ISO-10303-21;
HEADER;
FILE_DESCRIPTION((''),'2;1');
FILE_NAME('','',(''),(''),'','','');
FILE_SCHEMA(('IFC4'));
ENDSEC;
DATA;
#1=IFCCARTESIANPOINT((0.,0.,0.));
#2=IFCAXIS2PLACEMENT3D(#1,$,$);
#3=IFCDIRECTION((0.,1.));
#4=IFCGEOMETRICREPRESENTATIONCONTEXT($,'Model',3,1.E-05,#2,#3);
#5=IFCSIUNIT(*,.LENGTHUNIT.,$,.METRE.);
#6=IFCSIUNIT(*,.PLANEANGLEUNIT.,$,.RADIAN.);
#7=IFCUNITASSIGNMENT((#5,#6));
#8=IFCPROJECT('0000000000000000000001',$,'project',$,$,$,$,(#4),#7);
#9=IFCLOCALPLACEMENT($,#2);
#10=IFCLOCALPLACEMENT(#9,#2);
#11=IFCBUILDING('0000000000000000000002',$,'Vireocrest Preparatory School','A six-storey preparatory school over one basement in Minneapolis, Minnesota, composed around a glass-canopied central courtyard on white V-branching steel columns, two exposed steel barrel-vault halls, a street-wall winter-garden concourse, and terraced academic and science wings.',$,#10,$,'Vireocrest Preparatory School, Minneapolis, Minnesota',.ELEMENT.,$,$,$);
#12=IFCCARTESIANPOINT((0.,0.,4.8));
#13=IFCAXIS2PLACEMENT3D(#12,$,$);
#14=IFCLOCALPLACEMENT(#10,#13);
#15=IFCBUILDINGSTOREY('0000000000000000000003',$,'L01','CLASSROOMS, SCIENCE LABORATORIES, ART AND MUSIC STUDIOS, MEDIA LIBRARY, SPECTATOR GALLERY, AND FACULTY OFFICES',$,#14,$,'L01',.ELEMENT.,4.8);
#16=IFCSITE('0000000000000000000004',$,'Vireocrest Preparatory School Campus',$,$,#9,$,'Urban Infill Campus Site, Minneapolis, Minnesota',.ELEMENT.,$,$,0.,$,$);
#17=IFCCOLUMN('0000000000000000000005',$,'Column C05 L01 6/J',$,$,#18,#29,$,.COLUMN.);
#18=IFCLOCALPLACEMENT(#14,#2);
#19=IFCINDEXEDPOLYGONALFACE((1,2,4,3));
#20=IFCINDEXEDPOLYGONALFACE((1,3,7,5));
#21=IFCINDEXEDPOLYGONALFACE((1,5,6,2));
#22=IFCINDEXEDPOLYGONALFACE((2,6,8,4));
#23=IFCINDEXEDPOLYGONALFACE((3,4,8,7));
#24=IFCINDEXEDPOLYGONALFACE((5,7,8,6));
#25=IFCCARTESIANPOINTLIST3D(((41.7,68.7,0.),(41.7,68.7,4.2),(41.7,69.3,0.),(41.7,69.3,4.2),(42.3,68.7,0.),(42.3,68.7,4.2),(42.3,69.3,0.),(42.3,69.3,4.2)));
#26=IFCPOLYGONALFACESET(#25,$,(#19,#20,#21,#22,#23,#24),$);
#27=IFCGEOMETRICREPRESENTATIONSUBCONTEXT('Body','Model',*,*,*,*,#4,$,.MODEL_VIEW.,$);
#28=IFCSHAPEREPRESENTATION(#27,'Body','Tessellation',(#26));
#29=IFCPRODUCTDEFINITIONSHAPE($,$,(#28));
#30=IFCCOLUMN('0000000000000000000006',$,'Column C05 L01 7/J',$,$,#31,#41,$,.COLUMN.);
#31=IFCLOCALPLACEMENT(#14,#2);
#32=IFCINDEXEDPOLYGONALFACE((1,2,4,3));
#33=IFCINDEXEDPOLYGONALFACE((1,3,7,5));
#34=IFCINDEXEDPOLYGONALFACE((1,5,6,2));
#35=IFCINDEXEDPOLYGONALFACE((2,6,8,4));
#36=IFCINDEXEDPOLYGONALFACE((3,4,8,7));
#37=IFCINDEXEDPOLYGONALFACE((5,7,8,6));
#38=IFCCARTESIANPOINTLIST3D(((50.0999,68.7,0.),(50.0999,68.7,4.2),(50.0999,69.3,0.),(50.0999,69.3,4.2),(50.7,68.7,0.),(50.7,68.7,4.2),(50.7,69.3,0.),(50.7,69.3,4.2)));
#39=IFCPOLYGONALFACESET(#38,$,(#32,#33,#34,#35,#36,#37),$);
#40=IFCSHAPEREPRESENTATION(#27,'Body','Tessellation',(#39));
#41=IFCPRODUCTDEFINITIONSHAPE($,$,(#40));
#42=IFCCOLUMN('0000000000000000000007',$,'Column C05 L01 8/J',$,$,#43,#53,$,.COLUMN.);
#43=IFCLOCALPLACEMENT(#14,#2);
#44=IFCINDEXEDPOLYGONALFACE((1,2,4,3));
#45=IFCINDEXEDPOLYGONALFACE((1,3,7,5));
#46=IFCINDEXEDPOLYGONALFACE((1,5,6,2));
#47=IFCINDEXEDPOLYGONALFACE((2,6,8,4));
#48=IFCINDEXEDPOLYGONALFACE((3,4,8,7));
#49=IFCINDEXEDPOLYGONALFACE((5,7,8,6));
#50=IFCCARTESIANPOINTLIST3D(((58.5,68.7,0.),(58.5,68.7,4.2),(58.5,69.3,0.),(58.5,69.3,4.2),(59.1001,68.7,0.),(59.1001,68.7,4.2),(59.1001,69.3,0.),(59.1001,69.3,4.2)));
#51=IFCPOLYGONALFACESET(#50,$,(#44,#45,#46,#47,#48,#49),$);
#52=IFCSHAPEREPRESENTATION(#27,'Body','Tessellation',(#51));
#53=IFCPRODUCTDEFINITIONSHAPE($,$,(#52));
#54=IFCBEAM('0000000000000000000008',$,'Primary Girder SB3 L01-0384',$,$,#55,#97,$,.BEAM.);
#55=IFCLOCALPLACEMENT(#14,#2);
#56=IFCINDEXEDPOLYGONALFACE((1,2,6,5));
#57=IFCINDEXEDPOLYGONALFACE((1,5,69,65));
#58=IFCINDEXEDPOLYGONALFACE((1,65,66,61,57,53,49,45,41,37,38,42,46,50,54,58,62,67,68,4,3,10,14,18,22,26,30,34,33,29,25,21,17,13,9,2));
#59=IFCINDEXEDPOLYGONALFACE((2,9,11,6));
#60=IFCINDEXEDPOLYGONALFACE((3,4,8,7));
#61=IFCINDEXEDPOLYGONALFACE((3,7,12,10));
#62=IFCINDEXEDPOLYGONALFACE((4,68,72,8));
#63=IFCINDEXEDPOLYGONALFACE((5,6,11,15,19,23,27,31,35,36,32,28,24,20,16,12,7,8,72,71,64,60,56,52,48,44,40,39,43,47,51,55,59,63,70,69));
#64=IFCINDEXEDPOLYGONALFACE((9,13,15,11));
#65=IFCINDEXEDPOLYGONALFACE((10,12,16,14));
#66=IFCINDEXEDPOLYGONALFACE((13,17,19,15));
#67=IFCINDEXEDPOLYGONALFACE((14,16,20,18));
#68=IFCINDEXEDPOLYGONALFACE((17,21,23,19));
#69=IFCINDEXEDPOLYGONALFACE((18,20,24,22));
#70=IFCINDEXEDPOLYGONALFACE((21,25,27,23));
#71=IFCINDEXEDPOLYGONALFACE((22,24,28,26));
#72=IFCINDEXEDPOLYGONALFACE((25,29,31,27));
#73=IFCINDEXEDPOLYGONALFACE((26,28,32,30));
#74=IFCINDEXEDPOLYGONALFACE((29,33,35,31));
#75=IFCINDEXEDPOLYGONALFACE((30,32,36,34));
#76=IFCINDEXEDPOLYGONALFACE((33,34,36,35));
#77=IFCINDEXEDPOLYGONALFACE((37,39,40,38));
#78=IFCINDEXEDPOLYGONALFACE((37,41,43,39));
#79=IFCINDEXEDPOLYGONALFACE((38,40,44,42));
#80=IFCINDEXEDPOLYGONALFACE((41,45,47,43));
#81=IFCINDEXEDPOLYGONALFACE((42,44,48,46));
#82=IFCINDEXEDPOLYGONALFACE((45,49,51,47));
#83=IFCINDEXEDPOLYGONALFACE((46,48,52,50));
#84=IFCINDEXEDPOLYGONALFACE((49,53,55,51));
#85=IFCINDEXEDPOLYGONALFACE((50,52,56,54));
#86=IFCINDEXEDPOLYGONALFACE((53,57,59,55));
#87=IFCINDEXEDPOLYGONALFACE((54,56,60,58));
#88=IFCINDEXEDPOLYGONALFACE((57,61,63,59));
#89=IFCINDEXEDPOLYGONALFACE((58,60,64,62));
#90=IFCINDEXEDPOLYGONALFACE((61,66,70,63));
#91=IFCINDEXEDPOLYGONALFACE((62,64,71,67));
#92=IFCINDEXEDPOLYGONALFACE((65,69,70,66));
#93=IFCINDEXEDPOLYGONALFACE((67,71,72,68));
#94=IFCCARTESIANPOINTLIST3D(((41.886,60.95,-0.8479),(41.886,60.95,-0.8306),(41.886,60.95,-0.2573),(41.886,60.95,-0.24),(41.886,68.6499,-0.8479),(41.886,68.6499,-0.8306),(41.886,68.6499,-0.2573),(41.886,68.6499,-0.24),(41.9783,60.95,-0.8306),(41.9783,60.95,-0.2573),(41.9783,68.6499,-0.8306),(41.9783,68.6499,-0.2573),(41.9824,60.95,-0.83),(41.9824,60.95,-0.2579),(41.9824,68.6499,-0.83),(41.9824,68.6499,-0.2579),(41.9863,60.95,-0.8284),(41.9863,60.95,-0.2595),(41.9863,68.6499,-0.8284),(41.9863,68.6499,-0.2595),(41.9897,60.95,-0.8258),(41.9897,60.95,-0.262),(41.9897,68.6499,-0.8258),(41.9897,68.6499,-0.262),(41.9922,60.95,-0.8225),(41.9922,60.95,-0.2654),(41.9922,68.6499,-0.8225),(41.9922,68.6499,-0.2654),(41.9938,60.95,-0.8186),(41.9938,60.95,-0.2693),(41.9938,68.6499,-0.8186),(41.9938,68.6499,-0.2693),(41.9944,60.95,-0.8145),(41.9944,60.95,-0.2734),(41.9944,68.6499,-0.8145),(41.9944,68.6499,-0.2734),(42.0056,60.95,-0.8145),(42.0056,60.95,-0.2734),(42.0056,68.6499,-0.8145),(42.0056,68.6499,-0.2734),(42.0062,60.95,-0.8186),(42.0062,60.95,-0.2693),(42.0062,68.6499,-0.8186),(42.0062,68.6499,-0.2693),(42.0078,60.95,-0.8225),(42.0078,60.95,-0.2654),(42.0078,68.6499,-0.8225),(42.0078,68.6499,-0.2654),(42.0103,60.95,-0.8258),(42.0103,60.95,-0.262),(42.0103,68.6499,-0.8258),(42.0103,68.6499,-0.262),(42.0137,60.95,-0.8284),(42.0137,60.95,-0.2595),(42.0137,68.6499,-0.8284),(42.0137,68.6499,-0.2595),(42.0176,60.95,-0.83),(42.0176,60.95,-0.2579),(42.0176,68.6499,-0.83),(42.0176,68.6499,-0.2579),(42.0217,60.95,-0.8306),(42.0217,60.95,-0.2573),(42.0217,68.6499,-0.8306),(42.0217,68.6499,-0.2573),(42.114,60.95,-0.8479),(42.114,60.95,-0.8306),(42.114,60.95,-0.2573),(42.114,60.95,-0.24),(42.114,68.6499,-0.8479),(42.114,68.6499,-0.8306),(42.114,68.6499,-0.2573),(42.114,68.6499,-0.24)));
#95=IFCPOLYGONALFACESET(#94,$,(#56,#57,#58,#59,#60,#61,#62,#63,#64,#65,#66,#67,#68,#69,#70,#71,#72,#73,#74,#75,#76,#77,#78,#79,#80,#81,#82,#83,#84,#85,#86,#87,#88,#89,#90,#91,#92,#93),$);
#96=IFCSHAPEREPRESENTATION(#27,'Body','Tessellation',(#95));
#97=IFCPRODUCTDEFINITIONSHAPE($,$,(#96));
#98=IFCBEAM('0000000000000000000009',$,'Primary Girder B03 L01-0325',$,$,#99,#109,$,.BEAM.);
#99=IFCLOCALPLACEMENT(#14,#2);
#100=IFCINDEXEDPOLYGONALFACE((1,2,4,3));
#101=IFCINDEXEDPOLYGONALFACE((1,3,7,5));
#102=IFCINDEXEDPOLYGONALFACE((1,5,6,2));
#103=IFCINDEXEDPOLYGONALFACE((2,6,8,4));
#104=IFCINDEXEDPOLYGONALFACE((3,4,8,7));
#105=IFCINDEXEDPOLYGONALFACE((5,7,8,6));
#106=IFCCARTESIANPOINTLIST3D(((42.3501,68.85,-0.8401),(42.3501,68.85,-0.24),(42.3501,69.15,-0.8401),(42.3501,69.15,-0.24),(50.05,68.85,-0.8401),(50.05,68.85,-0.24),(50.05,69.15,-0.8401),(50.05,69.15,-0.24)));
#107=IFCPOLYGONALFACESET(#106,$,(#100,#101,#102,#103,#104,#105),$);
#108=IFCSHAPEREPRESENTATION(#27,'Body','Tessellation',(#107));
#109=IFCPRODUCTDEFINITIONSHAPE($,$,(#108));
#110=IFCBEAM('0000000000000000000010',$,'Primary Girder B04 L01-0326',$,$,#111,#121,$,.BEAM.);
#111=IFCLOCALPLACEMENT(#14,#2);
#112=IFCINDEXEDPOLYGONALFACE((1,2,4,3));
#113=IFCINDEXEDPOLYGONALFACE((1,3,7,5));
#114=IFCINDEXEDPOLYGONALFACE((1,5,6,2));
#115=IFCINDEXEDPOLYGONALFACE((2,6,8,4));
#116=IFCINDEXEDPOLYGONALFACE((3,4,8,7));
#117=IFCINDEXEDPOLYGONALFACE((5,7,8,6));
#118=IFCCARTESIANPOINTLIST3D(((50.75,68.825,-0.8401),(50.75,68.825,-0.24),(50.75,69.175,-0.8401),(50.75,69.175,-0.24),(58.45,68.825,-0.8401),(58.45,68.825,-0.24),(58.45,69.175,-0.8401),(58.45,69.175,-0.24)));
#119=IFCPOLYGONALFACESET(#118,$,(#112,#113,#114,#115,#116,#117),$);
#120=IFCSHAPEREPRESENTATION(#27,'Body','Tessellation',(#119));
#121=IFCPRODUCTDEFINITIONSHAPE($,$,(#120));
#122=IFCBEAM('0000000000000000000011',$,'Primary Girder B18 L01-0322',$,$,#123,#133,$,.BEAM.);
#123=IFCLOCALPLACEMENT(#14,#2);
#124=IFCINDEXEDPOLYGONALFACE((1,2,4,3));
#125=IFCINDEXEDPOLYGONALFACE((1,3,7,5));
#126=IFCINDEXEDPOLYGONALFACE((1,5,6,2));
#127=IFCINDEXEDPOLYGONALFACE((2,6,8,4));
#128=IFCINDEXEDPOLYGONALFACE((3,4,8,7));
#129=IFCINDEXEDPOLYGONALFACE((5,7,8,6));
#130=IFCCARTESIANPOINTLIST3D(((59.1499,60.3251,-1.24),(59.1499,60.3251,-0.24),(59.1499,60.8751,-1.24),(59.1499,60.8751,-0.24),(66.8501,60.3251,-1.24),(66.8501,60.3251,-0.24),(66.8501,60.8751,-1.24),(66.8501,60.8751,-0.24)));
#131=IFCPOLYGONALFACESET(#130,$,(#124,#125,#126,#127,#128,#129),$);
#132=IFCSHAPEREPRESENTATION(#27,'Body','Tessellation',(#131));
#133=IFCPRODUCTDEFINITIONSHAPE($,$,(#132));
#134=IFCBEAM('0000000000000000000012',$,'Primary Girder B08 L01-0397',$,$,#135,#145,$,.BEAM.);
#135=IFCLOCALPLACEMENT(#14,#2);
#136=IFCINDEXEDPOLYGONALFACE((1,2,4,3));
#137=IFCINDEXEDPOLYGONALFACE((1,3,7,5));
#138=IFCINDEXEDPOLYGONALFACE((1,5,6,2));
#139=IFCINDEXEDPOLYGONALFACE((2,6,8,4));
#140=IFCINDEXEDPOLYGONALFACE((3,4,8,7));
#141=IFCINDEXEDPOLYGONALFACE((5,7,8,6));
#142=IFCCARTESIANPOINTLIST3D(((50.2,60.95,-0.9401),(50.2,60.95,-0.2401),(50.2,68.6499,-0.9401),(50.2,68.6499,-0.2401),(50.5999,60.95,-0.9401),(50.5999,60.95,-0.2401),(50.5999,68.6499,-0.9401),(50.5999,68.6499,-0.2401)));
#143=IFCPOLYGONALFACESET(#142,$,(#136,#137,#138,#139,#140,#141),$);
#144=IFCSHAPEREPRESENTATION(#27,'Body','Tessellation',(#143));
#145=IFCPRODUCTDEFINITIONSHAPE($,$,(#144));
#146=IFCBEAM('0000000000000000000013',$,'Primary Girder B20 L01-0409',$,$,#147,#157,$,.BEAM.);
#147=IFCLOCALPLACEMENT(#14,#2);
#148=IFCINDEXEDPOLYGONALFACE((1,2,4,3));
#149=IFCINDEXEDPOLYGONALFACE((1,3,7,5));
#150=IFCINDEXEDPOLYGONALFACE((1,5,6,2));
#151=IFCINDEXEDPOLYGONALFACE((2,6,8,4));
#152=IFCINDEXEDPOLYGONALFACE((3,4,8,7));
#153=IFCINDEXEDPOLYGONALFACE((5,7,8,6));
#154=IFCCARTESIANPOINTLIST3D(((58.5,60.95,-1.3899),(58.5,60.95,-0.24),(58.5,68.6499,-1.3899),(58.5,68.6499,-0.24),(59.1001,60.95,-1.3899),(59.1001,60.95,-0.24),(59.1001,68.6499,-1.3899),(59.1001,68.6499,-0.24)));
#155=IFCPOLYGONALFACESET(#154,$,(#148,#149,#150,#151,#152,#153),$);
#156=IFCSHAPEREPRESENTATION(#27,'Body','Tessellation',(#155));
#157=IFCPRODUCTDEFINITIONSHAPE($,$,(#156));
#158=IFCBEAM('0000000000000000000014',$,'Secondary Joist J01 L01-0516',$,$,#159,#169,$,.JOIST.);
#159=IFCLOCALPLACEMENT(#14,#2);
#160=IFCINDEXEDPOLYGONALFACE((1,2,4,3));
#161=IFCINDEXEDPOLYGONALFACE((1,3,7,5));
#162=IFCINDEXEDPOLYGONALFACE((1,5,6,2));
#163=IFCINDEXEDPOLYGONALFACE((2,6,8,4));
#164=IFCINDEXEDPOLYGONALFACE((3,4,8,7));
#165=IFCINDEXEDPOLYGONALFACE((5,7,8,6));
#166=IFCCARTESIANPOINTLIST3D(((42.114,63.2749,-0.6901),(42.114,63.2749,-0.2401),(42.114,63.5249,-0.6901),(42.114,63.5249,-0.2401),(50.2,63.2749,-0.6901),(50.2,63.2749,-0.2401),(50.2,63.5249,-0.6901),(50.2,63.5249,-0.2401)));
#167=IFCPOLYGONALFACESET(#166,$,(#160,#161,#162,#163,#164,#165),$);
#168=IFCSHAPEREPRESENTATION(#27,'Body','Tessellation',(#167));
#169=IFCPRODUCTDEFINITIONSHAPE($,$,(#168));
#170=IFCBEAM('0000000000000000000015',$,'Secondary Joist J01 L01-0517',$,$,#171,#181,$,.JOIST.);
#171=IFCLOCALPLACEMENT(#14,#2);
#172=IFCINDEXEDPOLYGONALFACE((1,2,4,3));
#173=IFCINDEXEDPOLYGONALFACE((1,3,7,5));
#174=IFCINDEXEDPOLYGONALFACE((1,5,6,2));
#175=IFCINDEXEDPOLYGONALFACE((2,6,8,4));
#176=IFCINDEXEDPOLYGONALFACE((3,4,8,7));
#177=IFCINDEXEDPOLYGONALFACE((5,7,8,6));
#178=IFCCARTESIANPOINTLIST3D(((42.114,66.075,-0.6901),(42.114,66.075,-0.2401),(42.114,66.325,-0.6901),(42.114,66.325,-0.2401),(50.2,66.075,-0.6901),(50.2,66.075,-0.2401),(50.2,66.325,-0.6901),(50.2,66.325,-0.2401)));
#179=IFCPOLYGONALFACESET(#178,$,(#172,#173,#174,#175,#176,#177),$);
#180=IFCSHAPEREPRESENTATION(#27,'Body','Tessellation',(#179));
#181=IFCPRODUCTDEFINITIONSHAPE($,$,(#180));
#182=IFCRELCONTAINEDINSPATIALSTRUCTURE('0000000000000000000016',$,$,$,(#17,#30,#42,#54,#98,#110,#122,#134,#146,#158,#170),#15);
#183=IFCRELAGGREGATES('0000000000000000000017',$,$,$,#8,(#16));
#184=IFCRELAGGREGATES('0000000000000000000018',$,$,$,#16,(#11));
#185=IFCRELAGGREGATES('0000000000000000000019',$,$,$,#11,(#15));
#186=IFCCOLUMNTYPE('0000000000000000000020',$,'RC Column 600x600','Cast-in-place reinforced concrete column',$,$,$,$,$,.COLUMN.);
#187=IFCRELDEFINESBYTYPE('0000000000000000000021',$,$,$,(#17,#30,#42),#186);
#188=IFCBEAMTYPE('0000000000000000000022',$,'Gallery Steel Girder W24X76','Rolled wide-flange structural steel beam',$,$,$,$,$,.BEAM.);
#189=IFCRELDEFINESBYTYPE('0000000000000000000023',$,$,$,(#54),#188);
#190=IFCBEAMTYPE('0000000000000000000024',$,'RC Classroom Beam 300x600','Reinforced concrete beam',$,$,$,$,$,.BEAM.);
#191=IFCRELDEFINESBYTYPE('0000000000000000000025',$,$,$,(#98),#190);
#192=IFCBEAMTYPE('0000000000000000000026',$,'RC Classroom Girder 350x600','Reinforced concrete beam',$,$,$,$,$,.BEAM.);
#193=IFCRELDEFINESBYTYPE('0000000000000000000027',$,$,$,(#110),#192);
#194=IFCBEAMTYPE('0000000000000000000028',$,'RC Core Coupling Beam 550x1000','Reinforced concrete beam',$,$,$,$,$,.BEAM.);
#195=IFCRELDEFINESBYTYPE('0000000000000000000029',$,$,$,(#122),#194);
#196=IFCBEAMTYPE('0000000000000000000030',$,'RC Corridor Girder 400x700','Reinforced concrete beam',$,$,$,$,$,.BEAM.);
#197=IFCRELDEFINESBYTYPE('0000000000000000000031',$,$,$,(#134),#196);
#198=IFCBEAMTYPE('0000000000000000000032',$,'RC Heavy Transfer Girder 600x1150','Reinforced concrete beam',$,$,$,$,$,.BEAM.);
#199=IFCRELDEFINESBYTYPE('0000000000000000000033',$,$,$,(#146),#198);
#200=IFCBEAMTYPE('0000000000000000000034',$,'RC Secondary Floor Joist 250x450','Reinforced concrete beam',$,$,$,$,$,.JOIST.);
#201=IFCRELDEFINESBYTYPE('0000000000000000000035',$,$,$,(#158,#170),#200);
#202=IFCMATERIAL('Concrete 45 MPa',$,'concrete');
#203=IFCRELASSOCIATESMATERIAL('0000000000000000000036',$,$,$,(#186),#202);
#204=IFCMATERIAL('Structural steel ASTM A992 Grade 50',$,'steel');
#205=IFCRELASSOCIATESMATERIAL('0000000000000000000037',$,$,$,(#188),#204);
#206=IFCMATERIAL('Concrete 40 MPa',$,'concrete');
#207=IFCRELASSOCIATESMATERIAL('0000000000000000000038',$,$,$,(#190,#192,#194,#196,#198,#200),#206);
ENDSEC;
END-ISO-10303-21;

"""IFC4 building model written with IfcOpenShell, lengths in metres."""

from ifc_helpers import new_model, si_unit, direction, frame, origin, origin_2d, place, context, subcontext, project, spatial, rectangle, i_section, extrude, material, material_profile, profile_set, type_object, element, save


model = new_model("IFC4")

# Units and contexts
model_context = context("Model", 3, precision=1e-05, world=origin(), true_north=direction((0.0, 1.0)))
body_context = subcontext(model_context, "Body", "Model", "MODEL_VIEW")
ifc_project = project(units=[si_unit("LENGTHUNIT", "METRE"), si_unit("PLANEANGLEUNIT", "RADIAN")], contexts=[model_context])

# Site, building, storey
site_placement = place(None, origin())
site = spatial("IfcSite", under=ifc_project, at=site_placement, Name="Vireocrest Preparatory School Campus", LongName="Urban Infill Campus Site, Minneapolis, Minnesota", CompositionType="ELEMENT", RefElevation=0.0)
building_placement = place(site_placement, origin())
building = spatial("IfcBuilding", under=site, at=building_placement, Name="Vireocrest Preparatory School", Description="A six-storey preparatory school over one basement in Minneapolis, Minnesota, composed around a glass-canopied central courtyard on white V-branching steel columns, two exposed steel barrel-vault halls, a street-wall winter-garden concourse, and terraced academic and science wings.", LongName="Vireocrest Preparatory School, Minneapolis, Minnesota", CompositionType="ELEMENT")
storey_placement = place(building_placement, frame((0.0, 0.0, 4.8)))
storey = spatial("IfcBuildingStorey", under=building, at=storey_placement, Name="L01", Description="CLASSROOMS, SCIENCE LABORATORIES, ART AND MUSIC STUDIOS, MEDIA LIBRARY, SPECTATOR GALLERY, AND FACULTY OFFICES", LongName="L01", CompositionType="ELEMENT", Elevation=4.8)

# Columns
ifc_material_1 = material(Name="Concrete 45 MPa", Category="concrete")
ifc_material_profile_1 = material_profile(ifc_material_1, rectangle(XDim=0.6001, YDim=0.6001, at=origin_2d()), Name="RC 600x600")
ifc_profile_set_1 = profile_set([ifc_material_profile_1], Name="Concrete 45 MPa")
column_type = type_object("IfcColumnType", Name="RC Column 600x600", Description="Cast-in-place reinforced concrete column", PredefinedType="COLUMN", material=ifc_profile_set_1)
for number, where, z_axis, x_axis, name in (
    (1, (42.0, 69.0, 0.0), (0.0, 0.0, 1.0), (1.0, 0.0, 0.0), "Column C05 L01 6/J"),
    (2, (50.3999, 69.0, 0.0), (0.0, 0.0, 1.0), (1.0, 0.0, 0.0), "Column C05 L01 7/J"),
    (3, (58.8, 69.0, 0.0), (0.0, 0.0, 1.0), (1.0, 0.0, 0.0), "Column C05 L01 8/J"),
):
    element("IfcColumn", number, at=place(storey_placement, frame(where, z_axis=z_axis, x_axis=x_axis)), inside=storey, type_object=column_type, Name=name, PredefinedType="COLUMN", context=body_context, shape_type="SweptSolid", body=[
        extrude(rectangle(XDim=0.6001, YDim=0.6001, at=origin_2d()), origin(), (0.0, 0.0, 1.0), 4.2),
    ])

# Beams
ifc_material_2 = material(Name="Structural steel ASTM A992 Grade 50", Category="steel")
ifc_material_profile_2 = material_profile(ifc_material_2, i_section(OverallWidth=0.228, OverallDepth=0.6079, WebThickness=0.0112, FlangeThickness=0.0173, FilletRadius=0.0161, at=origin_2d()), Name="W24X76")
ifc_profile_set_2 = profile_set([ifc_material_profile_2], Name="Structural steel ASTM A992 Grade 50")
beam_type_1 = type_object("IfcBeamType", Name="Gallery Steel Girder W24X76", Description="Rolled wide-flange structural steel beam", PredefinedType="BEAM", material=ifc_profile_set_2)
beam_1_placement = place(storey_placement, frame((42.0, 60.95, -0.5439), z_axis=(0.0, 1.0, 0.0), x_axis=(-1.0, 0.0, 0.0)))
element("IfcBeam", 4, at=beam_1_placement, inside=storey, type_object=beam_type_1, Name="Primary Girder SB3 L01-0384", PredefinedType="BEAM", context=body_context, shape_type="SweptSolid", body=[
    extrude(i_section(OverallWidth=0.228, OverallDepth=0.6079, WebThickness=0.0112, FlangeThickness=0.0173, FilletRadius=0.0161, at=origin_2d()), origin(), (0.0, 0.0, 1.0), 7.7),
])
ifc_material_3 = material(Name="Concrete 40 MPa", Category="concrete")
ifc_material_profile_3 = material_profile(ifc_material_3, rectangle(XDim=0.3, YDim=0.6001, at=origin_2d()), Name="RC 300x600")
ifc_profile_set_3 = profile_set([ifc_material_profile_3], Name="Concrete 40 MPa")
beam_type_2 = type_object("IfcBeamType", Name="RC Classroom Beam 300x600", Description="Reinforced concrete beam", PredefinedType="BEAM", material=ifc_profile_set_3)
beam_2_placement = place(storey_placement, frame((42.3501, 69.0, -0.54), z_axis=(1.0, 0.0, 0.0), x_axis=(0.0, 1.0, 0.0)))
element("IfcBeam", 5, at=beam_2_placement, inside=storey, type_object=beam_type_2, Name="Primary Girder B03 L01-0325", PredefinedType="BEAM", context=body_context, shape_type="SweptSolid", body=[
    extrude(rectangle(XDim=0.3, YDim=0.6001, at=origin_2d()), origin(), (0.0, 0.0, 1.0), 7.7),
])
ifc_material_profile_4 = material_profile(ifc_material_3, rectangle(XDim=0.3501, YDim=0.6001, at=origin_2d()), Name="RC 350x600")
ifc_profile_set_4 = profile_set([ifc_material_profile_4], Name="Concrete 40 MPa")
beam_type_3 = type_object("IfcBeamType", Name="RC Classroom Girder 350x600", Description="Reinforced concrete beam", PredefinedType="BEAM", material=ifc_profile_set_4)
beam_3_placement = place(storey_placement, frame((50.75, 69.0, -0.54), z_axis=(1.0, 0.0, 0.0), x_axis=(0.0, 1.0, 0.0)))
element("IfcBeam", 6, at=beam_3_placement, inside=storey, type_object=beam_type_3, Name="Primary Girder B04 L01-0326", PredefinedType="BEAM", context=body_context, shape_type="SweptSolid", body=[
    extrude(rectangle(XDim=0.3501, YDim=0.6001, at=origin_2d()), origin(), (0.0, 0.0, 1.0), 7.7),
])
ifc_material_profile_5 = material_profile(ifc_material_3, rectangle(XDim=0.55, YDim=1.0, at=origin_2d()), Name="RC 550x1000")
ifc_profile_set_5 = profile_set([ifc_material_profile_5], Name="Concrete 40 MPa")
beam_type_4 = type_object("IfcBeamType", Name="RC Core Coupling Beam 550x1000", Description="Reinforced concrete beam", PredefinedType="BEAM", material=ifc_profile_set_5)
beam_4_placement = place(storey_placement, frame((59.1499, 60.6001, -0.74), z_axis=(1.0, 0.0, 0.0), x_axis=(0.0, 1.0, 0.0)))
element("IfcBeam", 7, at=beam_4_placement, inside=storey, type_object=beam_type_4, Name="Primary Girder B18 L01-0322", PredefinedType="BEAM", context=body_context, shape_type="SweptSolid", body=[
    extrude(rectangle(XDim=0.55, YDim=1.0, at=origin_2d()), origin(), (0.0, 0.0, 1.0), 7.7002),
])
ifc_material_profile_6 = material_profile(ifc_material_3, rectangle(XDim=0.3999, YDim=0.7, at=origin_2d()), Name="RC 400x700")
ifc_profile_set_6 = profile_set([ifc_material_profile_6], Name="Concrete 40 MPa")
beam_type_5 = type_object("IfcBeamType", Name="RC Corridor Girder 400x700", Description="Reinforced concrete beam", PredefinedType="BEAM", material=ifc_profile_set_6)
beam_5_placement = place(storey_placement, frame((50.3999, 60.95, -0.5901), z_axis=(0.0, 1.0, 0.0), x_axis=(-1.0, 0.0, 0.0)))
element("IfcBeam", 8, at=beam_5_placement, inside=storey, type_object=beam_type_5, Name="Primary Girder B08 L01-0397", PredefinedType="BEAM", context=body_context, shape_type="SweptSolid", body=[
    extrude(rectangle(XDim=0.3999, YDim=0.7, at=origin_2d()), origin(), (0.0, 0.0, 1.0), 7.7),
])
ifc_material_profile_7 = material_profile(ifc_material_3, rectangle(XDim=0.6001, YDim=1.1499, at=origin_2d()), Name="RC 600x1150")
ifc_profile_set_7 = profile_set([ifc_material_profile_7], Name="Concrete 40 MPa")
beam_type_6 = type_object("IfcBeamType", Name="RC Heavy Transfer Girder 600x1150", Description="Reinforced concrete beam", PredefinedType="BEAM", material=ifc_profile_set_7)
beam_6_placement = place(storey_placement, frame((58.8, 60.95, -0.8149), z_axis=(0.0, 1.0, 0.0), x_axis=(-1.0, 0.0, 0.0)))
element("IfcBeam", 9, at=beam_6_placement, inside=storey, type_object=beam_type_6, Name="Primary Girder B20 L01-0409", PredefinedType="BEAM", context=body_context, shape_type="SweptSolid", body=[
    extrude(rectangle(XDim=0.6001, YDim=1.1499, at=origin_2d()), origin(), (0.0, 0.0, 1.0), 7.7),
])
ifc_material_profile_8 = material_profile(ifc_material_3, rectangle(XDim=0.25, YDim=0.45, at=origin_2d()), Name="RC 250x450")
ifc_profile_set_8 = profile_set([ifc_material_profile_8], Name="Concrete 40 MPa")
beam_type_7 = type_object("IfcBeamType", Name="RC Secondary Floor Joist 250x450", Description="Reinforced concrete beam", PredefinedType="JOIST", material=ifc_profile_set_8)
for number, where, z_axis, x_axis, name in (
    (10, (42.114, 63.3999, -0.4651), (1.0, 0.0, 0.0), (0.0, 1.0, 0.0), "Secondary Joist J01 L01-0516"),
    (11, (42.114, 66.2, -0.4651), (1.0, 0.0, 0.0), (0.0, 1.0, 0.0), "Secondary Joist J01 L01-0517"),
):
    element("IfcBeam", number, at=place(storey_placement, frame(where, z_axis=z_axis, x_axis=x_axis)), inside=storey, type_object=beam_type_7, Name=name, PredefinedType="JOIST", context=body_context, shape_type="SweptSolid", body=[
        extrude(rectangle(XDim=0.25, YDim=0.45, at=origin_2d()), origin(), (0.0, 0.0, 1.0), 8.0859),
    ])

save(model, "model.ifc")
